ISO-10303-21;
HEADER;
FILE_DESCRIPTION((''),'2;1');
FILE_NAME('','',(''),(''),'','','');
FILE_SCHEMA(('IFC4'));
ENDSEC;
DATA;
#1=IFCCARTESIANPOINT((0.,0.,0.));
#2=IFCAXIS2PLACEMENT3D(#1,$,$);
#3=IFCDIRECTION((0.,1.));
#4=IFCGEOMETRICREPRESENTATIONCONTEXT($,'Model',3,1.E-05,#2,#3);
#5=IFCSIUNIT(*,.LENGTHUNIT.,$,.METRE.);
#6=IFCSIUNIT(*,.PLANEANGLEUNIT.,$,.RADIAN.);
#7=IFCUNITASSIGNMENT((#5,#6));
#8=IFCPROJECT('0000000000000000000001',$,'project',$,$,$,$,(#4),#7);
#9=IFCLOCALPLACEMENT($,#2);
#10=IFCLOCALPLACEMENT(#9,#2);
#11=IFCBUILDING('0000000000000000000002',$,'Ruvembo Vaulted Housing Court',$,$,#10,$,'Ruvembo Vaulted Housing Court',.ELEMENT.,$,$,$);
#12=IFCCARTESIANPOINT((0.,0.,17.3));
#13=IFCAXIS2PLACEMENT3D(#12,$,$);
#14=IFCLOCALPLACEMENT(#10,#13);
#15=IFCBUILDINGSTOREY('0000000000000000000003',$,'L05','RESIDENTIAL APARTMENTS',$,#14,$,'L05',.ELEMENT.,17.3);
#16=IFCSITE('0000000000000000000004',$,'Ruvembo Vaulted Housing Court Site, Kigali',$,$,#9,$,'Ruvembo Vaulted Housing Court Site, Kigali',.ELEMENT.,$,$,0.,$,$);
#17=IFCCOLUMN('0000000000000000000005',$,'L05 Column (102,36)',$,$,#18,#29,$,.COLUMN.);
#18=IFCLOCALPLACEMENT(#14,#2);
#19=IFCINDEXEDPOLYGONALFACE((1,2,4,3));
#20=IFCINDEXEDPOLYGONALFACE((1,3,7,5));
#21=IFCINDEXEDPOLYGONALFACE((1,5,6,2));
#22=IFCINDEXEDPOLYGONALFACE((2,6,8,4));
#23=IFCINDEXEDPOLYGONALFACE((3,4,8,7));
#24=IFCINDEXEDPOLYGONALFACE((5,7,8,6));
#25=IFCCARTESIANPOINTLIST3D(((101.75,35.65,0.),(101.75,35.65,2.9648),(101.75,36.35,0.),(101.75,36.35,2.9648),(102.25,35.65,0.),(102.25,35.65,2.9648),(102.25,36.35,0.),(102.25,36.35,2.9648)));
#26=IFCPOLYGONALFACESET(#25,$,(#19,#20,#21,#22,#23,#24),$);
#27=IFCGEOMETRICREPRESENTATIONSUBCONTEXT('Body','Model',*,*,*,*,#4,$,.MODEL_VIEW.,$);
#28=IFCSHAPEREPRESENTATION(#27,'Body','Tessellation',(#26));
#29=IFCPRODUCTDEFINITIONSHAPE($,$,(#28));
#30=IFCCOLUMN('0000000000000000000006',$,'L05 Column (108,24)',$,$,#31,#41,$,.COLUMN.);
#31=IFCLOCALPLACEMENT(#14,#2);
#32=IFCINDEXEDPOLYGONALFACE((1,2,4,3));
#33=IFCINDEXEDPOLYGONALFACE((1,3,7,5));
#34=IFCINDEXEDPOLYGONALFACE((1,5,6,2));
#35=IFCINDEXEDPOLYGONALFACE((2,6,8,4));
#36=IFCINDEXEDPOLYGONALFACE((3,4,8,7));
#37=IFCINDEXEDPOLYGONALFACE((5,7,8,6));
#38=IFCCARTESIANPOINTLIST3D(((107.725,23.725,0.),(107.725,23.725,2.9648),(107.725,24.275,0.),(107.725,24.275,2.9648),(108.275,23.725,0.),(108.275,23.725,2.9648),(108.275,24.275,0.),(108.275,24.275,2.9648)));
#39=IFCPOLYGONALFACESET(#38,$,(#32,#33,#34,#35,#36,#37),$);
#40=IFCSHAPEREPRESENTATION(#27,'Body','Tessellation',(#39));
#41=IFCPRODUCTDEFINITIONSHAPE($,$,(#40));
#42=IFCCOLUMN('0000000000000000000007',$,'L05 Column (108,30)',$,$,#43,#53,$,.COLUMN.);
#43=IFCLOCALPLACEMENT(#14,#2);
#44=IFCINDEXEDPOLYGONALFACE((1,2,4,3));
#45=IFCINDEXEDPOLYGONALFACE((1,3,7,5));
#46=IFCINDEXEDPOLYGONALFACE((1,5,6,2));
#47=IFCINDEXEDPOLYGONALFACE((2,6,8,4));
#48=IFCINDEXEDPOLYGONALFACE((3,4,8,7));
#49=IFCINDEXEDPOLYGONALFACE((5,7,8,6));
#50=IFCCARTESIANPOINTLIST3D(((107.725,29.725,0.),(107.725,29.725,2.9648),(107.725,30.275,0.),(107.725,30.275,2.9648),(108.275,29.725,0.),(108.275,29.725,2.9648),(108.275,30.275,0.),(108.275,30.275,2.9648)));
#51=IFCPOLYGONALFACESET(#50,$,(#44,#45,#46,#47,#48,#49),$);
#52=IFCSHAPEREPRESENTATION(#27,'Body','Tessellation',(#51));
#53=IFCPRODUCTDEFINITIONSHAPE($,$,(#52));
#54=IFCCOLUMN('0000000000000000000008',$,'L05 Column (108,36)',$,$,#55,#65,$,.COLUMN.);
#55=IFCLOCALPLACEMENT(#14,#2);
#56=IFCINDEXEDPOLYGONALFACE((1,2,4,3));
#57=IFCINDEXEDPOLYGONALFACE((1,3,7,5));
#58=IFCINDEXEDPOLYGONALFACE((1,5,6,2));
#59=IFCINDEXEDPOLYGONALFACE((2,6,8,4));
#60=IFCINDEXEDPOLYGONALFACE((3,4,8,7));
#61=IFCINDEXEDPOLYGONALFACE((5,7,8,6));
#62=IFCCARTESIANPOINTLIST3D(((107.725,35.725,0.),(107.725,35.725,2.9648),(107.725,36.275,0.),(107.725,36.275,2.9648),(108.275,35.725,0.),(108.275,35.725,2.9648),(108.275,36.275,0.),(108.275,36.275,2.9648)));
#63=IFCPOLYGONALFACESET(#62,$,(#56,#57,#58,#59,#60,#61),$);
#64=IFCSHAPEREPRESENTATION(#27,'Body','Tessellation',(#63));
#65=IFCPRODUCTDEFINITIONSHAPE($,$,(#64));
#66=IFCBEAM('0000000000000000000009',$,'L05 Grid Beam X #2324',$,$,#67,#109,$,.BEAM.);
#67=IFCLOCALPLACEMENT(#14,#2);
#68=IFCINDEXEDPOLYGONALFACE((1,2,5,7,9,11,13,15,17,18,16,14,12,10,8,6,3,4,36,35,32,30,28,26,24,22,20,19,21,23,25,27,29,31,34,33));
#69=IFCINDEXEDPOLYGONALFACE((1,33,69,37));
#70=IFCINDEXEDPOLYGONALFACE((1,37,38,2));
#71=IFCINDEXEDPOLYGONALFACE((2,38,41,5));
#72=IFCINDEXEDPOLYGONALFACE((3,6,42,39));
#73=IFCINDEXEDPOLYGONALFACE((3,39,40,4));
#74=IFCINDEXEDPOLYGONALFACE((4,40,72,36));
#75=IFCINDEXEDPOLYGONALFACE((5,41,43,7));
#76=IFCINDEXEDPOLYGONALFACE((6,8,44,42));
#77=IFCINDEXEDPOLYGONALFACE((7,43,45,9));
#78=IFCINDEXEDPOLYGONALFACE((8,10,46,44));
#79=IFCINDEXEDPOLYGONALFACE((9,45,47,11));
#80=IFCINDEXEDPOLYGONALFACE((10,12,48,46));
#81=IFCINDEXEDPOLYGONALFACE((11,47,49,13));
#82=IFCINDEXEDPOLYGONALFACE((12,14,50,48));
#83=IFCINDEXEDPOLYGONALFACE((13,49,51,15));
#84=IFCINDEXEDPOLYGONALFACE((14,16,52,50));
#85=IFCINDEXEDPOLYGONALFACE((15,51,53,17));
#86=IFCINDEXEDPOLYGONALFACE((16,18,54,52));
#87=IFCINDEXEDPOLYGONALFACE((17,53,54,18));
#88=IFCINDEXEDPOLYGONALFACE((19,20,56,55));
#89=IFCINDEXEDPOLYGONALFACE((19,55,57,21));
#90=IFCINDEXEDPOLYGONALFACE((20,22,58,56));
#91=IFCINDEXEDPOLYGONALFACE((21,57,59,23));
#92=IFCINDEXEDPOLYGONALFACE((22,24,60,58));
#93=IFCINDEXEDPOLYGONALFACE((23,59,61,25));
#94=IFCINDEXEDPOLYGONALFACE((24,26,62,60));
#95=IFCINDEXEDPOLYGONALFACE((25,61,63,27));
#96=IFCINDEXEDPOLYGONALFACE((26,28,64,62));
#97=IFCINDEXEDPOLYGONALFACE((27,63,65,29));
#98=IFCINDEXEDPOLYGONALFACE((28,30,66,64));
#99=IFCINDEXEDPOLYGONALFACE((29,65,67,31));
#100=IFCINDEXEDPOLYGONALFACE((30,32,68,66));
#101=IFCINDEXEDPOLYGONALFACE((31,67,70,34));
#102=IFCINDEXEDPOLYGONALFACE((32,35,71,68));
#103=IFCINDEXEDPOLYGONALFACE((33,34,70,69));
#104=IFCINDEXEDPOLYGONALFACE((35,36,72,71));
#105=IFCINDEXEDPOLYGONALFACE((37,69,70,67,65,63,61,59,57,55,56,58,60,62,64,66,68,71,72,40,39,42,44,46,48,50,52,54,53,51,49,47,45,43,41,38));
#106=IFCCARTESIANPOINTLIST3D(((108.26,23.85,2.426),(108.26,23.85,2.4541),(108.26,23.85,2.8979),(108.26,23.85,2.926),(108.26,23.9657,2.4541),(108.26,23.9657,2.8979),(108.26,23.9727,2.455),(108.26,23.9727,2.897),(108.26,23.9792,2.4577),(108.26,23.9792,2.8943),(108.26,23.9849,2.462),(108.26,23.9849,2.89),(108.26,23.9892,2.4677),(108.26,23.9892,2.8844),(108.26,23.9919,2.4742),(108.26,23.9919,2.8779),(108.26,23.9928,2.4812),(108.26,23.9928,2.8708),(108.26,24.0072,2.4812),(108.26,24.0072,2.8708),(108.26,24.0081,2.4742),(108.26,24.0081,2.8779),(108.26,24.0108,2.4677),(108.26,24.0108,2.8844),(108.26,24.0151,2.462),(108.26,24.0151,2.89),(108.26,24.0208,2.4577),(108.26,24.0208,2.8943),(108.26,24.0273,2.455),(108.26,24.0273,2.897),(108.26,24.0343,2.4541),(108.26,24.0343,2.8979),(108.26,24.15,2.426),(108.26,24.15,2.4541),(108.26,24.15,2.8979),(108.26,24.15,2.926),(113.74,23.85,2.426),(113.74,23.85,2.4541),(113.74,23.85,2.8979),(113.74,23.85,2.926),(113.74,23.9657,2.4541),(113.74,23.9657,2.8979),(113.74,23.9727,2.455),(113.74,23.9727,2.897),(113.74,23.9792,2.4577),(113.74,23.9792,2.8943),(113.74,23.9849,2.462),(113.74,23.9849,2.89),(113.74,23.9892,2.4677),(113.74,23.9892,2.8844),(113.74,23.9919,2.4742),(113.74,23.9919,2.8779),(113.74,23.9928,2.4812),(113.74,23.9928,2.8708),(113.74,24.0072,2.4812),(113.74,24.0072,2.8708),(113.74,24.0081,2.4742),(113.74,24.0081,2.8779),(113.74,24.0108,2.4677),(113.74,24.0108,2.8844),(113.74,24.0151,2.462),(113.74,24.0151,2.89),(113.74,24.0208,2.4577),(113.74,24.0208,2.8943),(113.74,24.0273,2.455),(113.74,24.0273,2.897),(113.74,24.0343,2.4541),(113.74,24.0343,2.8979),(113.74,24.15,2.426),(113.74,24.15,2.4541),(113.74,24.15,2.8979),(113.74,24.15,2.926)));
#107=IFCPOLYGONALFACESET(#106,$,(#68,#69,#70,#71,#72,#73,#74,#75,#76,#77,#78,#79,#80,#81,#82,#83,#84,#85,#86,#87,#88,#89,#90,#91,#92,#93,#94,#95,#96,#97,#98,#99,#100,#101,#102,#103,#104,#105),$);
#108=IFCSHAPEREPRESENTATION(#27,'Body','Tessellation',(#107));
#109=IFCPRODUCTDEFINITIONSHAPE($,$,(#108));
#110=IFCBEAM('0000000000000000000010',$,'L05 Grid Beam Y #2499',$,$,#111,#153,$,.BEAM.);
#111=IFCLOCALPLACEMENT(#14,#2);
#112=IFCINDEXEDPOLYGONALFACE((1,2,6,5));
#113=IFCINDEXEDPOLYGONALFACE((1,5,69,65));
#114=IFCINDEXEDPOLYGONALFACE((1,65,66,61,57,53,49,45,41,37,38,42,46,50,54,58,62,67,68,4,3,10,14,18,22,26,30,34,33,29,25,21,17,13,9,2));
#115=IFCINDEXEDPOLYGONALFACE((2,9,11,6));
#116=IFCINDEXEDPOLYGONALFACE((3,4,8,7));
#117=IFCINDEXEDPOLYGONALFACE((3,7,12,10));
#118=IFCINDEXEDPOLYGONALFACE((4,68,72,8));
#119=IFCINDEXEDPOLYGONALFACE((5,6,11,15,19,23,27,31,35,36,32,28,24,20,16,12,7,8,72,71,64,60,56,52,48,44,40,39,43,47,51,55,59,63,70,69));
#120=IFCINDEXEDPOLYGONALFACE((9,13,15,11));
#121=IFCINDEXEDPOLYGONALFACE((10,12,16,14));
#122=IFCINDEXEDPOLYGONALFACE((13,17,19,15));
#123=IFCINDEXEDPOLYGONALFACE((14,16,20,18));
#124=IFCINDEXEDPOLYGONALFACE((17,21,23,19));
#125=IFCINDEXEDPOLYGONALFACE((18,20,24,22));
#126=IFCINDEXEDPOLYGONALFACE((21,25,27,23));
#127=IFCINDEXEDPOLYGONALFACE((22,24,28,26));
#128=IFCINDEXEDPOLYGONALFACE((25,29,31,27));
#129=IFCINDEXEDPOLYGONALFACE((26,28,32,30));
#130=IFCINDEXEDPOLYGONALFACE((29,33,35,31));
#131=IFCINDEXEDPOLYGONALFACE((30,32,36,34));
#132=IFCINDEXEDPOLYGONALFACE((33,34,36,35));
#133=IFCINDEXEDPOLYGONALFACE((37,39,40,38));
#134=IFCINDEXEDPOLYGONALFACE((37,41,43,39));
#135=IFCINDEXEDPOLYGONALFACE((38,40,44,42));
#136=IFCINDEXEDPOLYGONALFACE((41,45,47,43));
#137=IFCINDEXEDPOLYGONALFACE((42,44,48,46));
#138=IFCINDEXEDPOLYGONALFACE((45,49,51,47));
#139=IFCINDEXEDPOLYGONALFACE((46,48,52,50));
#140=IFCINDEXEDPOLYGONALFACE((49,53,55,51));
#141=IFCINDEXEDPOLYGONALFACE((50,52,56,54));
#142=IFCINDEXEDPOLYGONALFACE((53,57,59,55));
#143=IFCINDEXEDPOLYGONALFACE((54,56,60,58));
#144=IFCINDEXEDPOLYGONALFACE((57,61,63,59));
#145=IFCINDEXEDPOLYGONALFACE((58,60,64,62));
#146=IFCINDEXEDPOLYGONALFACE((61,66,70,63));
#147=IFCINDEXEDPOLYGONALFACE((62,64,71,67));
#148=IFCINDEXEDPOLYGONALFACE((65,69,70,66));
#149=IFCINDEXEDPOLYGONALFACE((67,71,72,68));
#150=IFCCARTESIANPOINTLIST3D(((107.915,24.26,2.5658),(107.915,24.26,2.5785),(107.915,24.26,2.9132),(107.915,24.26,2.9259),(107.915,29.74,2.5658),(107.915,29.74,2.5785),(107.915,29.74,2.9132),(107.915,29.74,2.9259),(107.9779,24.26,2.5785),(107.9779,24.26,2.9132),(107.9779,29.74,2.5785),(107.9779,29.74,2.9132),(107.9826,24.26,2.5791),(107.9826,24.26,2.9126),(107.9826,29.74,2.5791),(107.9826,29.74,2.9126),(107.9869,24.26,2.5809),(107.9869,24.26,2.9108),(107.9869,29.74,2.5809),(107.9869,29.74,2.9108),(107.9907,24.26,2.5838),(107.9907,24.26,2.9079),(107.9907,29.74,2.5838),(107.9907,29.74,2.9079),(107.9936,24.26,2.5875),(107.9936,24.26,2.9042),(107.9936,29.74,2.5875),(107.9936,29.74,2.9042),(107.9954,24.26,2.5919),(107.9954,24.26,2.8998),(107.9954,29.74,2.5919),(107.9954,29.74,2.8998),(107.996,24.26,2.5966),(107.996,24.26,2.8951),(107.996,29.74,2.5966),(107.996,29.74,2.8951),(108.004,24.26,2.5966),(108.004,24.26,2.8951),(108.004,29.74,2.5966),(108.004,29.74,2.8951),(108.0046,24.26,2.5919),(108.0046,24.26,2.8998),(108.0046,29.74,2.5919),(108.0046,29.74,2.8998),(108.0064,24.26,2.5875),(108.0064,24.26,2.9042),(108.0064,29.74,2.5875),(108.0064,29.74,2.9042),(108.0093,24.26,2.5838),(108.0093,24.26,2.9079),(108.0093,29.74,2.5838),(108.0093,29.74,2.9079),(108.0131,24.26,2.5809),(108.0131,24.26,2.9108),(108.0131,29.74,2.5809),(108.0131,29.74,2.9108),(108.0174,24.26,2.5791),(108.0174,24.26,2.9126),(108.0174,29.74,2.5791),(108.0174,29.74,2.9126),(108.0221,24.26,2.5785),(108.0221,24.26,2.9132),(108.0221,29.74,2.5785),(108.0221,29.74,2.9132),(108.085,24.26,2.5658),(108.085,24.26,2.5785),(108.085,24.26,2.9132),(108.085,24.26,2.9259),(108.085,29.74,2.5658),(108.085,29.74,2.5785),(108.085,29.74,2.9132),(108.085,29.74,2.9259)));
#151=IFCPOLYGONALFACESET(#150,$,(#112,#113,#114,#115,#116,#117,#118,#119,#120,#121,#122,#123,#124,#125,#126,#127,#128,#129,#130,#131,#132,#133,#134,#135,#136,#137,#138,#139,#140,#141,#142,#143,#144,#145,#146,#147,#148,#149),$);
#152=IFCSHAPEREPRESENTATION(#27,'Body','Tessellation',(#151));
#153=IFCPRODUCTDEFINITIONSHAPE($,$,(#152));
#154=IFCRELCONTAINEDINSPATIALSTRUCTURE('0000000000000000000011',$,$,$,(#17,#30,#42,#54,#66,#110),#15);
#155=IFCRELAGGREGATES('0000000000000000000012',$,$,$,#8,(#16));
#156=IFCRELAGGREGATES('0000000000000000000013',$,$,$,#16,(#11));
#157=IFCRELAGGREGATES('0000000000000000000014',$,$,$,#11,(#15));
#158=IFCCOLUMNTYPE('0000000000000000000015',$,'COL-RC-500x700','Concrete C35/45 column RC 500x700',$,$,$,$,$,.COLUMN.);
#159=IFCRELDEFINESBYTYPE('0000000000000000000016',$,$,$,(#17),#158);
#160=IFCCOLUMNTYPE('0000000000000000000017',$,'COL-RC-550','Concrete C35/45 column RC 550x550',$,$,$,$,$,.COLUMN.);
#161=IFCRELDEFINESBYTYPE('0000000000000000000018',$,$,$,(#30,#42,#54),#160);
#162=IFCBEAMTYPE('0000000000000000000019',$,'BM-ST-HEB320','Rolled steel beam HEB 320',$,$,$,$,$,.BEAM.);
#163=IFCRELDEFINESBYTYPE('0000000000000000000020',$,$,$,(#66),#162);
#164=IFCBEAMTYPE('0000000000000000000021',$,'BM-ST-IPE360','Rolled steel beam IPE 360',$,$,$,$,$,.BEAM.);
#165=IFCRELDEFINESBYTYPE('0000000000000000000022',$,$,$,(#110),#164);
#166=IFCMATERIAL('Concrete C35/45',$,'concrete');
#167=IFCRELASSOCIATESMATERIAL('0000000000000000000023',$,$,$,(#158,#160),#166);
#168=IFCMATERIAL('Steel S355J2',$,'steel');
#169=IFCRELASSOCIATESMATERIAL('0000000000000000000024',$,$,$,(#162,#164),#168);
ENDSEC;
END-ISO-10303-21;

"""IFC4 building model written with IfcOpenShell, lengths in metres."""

from ifc_helpers import new_model, si_unit, direction, frame, origin, origin_2d, place, context, subcontext, project, spatial, rectangle, i_section, extrude, material, material_profile, profile_set, type_object, element, save


model = new_model("IFC4")

# Units and contexts
model_context = context("Model", 3, precision=1e-05, world=origin(), true_north=direction((0.0, 1.0)))
body_context = subcontext(model_context, "Body", "Model", "MODEL_VIEW")
ifc_project = project(units=[si_unit("LENGTHUNIT", "METRE"), si_unit("PLANEANGLEUNIT", "RADIAN")], contexts=[model_context])

# Site, building, storey
site_placement = place(None, origin())
site = spatial("IfcSite", under=ifc_project, at=site_placement, Name="Ruvembo Vaulted Housing Court Site, Kigali", LongName="Ruvembo Vaulted Housing Court Site, Kigali", CompositionType="ELEMENT", RefElevation=0.0)
building_placement = place(site_placement, origin())
building = spatial("IfcBuilding", under=site, at=building_placement, Name="Ruvembo Vaulted Housing Court", LongName="Ruvembo Vaulted Housing Court", CompositionType="ELEMENT")
storey_placement = place(building_placement, frame((0.0, 0.0, 17.3)))
storey = spatial("IfcBuildingStorey", under=building, at=storey_placement, Name="L05", Description="RESIDENTIAL APARTMENTS", LongName="L05", CompositionType="ELEMENT", Elevation=17.3)

# Columns
ifc_material_1 = material(Name="Concrete C35/45", Category="concrete")
ifc_material_profile_1 = material_profile(ifc_material_1, rectangle(XDim=0.5, YDim=0.7, at=origin_2d()), Name="RC 500x700")
ifc_profile_set_1 = profile_set([ifc_material_profile_1], Name="Concrete C35/45")
column_type_1 = type_object("IfcColumnType", Name="COL-RC-500x700", Description="Concrete C35/45 column RC 500x700", PredefinedType="COLUMN", material=ifc_profile_set_1)
column_placement = place(storey_placement, frame((102.0, 36.0, 0.0), z_axis=(0.0, 0.0, 1.0), x_axis=(1.0, 0.0, 0.0)))
element("IfcColumn", 1, at=column_placement, inside=storey, type_object=column_type_1, Name="L05 Column (102,36)", PredefinedType="COLUMN", context=body_context, shape_type="SweptSolid", body=[
    extrude(rectangle(XDim=0.5, YDim=0.7, at=origin_2d()), origin(), (0.0, 0.0, 1.0), 2.9648),
])
ifc_material_profile_2 = material_profile(ifc_material_1, rectangle(XDim=0.55, YDim=0.55, at=origin_2d()), Name="RC 550x550")
ifc_profile_set_2 = profile_set([ifc_material_profile_2], Name="Concrete C35/45")
column_type_2 = type_object("IfcColumnType", Name="COL-RC-550", Description="Concrete C35/45 column RC 550x550", PredefinedType="COLUMN", material=ifc_profile_set_2)
for number, where, z_axis, x_axis, name in (
    (2, (108.0, 24.0, 0.0), (0.0, 0.0, 1.0), (1.0, 0.0, 0.0), "L05 Column (108,24)"),
    (3, (108.0, 30.0, 0.0), (0.0, 0.0, 1.0), (1.0, 0.0, 0.0), "L05 Column (108,30)"),
    (4, (108.0, 36.0, 0.0), (0.0, 0.0, 1.0), (1.0, 0.0, 0.0), "L05 Column (108,36)"),
):
    element("IfcColumn", number, at=place(storey_placement, frame(where, z_axis=z_axis, x_axis=x_axis)), inside=storey, type_object=column_type_2, Name=name, PredefinedType="COLUMN", context=body_context, shape_type="SweptSolid", body=[
        extrude(rectangle(XDim=0.55, YDim=0.55, at=origin_2d()), origin(), (0.0, 0.0, 1.0), 2.9648),
    ])

# Beams
ifc_material_2 = material(Name="Steel S355J2", Category="steel")
ifc_material_profile_3 = material_profile(ifc_material_2, i_section(OverallWidth=0.3, OverallDepth=0.5, WebThickness=0.0144, FlangeThickness=0.0281, FilletRadius=0.0271, at=origin_2d()), Name="HEB 320")
ifc_profile_set_3 = profile_set([ifc_material_profile_3], Name="Steel S355J2")
beam_type_1 = type_object("IfcBeamType", Name="BM-ST-HEB320", Description="Rolled steel beam HEB 320", PredefinedType="BEAM", material=ifc_profile_set_3)
beam_1_placement = place(storey_placement, frame((108.26, 24.0, 2.676), z_axis=(1.0, 0.0, 0.0), x_axis=(0.0, 1.0, 0.0)))
element("IfcBeam", 5, at=beam_1_placement, inside=storey, type_object=beam_type_1, Name="L05 Grid Beam X #2324", PredefinedType="BEAM", context=body_context, shape_type="SweptSolid", body=[
    extrude(i_section(OverallWidth=0.3, OverallDepth=0.5, WebThickness=0.0144, FlangeThickness=0.0281, FilletRadius=0.0271, at=origin_2d()), origin(), (0.0, 0.0, 1.0), 5.48),
])
ifc_material_profile_4 = material_profile(ifc_material_2, i_section(OverallWidth=0.1699, OverallDepth=0.3601, WebThickness=0.0081, FlangeThickness=0.0127, FilletRadius=0.0181, at=origin_2d()), Name="IPE 360")
ifc_profile_set_4 = profile_set([ifc_material_profile_4], Name="Steel S355J2")
beam_type_2 = type_object("IfcBeamType", Name="BM-ST-IPE360", Description="Rolled steel beam IPE 360", PredefinedType="BEAM", material=ifc_profile_set_4)
beam_2_placement = place(storey_placement, frame((108.0, 24.26, 2.7458), z_axis=(0.0, 1.0, 0.0), x_axis=(-1.0, 0.0, 0.0)))
element("IfcBeam", 6, at=beam_2_placement, inside=storey, type_object=beam_type_2, Name="L05 Grid Beam Y #2499", PredefinedType="BEAM", context=body_context, shape_type="SweptSolid", body=[
    extrude(i_section(OverallWidth=0.1699, OverallDepth=0.3601, WebThickness=0.0081, FlangeThickness=0.0127, FilletRadius=0.0181, at=origin_2d()), origin(), (0.0, 0.0, 1.0), 5.48),
])

save(model, "model.ifc")
